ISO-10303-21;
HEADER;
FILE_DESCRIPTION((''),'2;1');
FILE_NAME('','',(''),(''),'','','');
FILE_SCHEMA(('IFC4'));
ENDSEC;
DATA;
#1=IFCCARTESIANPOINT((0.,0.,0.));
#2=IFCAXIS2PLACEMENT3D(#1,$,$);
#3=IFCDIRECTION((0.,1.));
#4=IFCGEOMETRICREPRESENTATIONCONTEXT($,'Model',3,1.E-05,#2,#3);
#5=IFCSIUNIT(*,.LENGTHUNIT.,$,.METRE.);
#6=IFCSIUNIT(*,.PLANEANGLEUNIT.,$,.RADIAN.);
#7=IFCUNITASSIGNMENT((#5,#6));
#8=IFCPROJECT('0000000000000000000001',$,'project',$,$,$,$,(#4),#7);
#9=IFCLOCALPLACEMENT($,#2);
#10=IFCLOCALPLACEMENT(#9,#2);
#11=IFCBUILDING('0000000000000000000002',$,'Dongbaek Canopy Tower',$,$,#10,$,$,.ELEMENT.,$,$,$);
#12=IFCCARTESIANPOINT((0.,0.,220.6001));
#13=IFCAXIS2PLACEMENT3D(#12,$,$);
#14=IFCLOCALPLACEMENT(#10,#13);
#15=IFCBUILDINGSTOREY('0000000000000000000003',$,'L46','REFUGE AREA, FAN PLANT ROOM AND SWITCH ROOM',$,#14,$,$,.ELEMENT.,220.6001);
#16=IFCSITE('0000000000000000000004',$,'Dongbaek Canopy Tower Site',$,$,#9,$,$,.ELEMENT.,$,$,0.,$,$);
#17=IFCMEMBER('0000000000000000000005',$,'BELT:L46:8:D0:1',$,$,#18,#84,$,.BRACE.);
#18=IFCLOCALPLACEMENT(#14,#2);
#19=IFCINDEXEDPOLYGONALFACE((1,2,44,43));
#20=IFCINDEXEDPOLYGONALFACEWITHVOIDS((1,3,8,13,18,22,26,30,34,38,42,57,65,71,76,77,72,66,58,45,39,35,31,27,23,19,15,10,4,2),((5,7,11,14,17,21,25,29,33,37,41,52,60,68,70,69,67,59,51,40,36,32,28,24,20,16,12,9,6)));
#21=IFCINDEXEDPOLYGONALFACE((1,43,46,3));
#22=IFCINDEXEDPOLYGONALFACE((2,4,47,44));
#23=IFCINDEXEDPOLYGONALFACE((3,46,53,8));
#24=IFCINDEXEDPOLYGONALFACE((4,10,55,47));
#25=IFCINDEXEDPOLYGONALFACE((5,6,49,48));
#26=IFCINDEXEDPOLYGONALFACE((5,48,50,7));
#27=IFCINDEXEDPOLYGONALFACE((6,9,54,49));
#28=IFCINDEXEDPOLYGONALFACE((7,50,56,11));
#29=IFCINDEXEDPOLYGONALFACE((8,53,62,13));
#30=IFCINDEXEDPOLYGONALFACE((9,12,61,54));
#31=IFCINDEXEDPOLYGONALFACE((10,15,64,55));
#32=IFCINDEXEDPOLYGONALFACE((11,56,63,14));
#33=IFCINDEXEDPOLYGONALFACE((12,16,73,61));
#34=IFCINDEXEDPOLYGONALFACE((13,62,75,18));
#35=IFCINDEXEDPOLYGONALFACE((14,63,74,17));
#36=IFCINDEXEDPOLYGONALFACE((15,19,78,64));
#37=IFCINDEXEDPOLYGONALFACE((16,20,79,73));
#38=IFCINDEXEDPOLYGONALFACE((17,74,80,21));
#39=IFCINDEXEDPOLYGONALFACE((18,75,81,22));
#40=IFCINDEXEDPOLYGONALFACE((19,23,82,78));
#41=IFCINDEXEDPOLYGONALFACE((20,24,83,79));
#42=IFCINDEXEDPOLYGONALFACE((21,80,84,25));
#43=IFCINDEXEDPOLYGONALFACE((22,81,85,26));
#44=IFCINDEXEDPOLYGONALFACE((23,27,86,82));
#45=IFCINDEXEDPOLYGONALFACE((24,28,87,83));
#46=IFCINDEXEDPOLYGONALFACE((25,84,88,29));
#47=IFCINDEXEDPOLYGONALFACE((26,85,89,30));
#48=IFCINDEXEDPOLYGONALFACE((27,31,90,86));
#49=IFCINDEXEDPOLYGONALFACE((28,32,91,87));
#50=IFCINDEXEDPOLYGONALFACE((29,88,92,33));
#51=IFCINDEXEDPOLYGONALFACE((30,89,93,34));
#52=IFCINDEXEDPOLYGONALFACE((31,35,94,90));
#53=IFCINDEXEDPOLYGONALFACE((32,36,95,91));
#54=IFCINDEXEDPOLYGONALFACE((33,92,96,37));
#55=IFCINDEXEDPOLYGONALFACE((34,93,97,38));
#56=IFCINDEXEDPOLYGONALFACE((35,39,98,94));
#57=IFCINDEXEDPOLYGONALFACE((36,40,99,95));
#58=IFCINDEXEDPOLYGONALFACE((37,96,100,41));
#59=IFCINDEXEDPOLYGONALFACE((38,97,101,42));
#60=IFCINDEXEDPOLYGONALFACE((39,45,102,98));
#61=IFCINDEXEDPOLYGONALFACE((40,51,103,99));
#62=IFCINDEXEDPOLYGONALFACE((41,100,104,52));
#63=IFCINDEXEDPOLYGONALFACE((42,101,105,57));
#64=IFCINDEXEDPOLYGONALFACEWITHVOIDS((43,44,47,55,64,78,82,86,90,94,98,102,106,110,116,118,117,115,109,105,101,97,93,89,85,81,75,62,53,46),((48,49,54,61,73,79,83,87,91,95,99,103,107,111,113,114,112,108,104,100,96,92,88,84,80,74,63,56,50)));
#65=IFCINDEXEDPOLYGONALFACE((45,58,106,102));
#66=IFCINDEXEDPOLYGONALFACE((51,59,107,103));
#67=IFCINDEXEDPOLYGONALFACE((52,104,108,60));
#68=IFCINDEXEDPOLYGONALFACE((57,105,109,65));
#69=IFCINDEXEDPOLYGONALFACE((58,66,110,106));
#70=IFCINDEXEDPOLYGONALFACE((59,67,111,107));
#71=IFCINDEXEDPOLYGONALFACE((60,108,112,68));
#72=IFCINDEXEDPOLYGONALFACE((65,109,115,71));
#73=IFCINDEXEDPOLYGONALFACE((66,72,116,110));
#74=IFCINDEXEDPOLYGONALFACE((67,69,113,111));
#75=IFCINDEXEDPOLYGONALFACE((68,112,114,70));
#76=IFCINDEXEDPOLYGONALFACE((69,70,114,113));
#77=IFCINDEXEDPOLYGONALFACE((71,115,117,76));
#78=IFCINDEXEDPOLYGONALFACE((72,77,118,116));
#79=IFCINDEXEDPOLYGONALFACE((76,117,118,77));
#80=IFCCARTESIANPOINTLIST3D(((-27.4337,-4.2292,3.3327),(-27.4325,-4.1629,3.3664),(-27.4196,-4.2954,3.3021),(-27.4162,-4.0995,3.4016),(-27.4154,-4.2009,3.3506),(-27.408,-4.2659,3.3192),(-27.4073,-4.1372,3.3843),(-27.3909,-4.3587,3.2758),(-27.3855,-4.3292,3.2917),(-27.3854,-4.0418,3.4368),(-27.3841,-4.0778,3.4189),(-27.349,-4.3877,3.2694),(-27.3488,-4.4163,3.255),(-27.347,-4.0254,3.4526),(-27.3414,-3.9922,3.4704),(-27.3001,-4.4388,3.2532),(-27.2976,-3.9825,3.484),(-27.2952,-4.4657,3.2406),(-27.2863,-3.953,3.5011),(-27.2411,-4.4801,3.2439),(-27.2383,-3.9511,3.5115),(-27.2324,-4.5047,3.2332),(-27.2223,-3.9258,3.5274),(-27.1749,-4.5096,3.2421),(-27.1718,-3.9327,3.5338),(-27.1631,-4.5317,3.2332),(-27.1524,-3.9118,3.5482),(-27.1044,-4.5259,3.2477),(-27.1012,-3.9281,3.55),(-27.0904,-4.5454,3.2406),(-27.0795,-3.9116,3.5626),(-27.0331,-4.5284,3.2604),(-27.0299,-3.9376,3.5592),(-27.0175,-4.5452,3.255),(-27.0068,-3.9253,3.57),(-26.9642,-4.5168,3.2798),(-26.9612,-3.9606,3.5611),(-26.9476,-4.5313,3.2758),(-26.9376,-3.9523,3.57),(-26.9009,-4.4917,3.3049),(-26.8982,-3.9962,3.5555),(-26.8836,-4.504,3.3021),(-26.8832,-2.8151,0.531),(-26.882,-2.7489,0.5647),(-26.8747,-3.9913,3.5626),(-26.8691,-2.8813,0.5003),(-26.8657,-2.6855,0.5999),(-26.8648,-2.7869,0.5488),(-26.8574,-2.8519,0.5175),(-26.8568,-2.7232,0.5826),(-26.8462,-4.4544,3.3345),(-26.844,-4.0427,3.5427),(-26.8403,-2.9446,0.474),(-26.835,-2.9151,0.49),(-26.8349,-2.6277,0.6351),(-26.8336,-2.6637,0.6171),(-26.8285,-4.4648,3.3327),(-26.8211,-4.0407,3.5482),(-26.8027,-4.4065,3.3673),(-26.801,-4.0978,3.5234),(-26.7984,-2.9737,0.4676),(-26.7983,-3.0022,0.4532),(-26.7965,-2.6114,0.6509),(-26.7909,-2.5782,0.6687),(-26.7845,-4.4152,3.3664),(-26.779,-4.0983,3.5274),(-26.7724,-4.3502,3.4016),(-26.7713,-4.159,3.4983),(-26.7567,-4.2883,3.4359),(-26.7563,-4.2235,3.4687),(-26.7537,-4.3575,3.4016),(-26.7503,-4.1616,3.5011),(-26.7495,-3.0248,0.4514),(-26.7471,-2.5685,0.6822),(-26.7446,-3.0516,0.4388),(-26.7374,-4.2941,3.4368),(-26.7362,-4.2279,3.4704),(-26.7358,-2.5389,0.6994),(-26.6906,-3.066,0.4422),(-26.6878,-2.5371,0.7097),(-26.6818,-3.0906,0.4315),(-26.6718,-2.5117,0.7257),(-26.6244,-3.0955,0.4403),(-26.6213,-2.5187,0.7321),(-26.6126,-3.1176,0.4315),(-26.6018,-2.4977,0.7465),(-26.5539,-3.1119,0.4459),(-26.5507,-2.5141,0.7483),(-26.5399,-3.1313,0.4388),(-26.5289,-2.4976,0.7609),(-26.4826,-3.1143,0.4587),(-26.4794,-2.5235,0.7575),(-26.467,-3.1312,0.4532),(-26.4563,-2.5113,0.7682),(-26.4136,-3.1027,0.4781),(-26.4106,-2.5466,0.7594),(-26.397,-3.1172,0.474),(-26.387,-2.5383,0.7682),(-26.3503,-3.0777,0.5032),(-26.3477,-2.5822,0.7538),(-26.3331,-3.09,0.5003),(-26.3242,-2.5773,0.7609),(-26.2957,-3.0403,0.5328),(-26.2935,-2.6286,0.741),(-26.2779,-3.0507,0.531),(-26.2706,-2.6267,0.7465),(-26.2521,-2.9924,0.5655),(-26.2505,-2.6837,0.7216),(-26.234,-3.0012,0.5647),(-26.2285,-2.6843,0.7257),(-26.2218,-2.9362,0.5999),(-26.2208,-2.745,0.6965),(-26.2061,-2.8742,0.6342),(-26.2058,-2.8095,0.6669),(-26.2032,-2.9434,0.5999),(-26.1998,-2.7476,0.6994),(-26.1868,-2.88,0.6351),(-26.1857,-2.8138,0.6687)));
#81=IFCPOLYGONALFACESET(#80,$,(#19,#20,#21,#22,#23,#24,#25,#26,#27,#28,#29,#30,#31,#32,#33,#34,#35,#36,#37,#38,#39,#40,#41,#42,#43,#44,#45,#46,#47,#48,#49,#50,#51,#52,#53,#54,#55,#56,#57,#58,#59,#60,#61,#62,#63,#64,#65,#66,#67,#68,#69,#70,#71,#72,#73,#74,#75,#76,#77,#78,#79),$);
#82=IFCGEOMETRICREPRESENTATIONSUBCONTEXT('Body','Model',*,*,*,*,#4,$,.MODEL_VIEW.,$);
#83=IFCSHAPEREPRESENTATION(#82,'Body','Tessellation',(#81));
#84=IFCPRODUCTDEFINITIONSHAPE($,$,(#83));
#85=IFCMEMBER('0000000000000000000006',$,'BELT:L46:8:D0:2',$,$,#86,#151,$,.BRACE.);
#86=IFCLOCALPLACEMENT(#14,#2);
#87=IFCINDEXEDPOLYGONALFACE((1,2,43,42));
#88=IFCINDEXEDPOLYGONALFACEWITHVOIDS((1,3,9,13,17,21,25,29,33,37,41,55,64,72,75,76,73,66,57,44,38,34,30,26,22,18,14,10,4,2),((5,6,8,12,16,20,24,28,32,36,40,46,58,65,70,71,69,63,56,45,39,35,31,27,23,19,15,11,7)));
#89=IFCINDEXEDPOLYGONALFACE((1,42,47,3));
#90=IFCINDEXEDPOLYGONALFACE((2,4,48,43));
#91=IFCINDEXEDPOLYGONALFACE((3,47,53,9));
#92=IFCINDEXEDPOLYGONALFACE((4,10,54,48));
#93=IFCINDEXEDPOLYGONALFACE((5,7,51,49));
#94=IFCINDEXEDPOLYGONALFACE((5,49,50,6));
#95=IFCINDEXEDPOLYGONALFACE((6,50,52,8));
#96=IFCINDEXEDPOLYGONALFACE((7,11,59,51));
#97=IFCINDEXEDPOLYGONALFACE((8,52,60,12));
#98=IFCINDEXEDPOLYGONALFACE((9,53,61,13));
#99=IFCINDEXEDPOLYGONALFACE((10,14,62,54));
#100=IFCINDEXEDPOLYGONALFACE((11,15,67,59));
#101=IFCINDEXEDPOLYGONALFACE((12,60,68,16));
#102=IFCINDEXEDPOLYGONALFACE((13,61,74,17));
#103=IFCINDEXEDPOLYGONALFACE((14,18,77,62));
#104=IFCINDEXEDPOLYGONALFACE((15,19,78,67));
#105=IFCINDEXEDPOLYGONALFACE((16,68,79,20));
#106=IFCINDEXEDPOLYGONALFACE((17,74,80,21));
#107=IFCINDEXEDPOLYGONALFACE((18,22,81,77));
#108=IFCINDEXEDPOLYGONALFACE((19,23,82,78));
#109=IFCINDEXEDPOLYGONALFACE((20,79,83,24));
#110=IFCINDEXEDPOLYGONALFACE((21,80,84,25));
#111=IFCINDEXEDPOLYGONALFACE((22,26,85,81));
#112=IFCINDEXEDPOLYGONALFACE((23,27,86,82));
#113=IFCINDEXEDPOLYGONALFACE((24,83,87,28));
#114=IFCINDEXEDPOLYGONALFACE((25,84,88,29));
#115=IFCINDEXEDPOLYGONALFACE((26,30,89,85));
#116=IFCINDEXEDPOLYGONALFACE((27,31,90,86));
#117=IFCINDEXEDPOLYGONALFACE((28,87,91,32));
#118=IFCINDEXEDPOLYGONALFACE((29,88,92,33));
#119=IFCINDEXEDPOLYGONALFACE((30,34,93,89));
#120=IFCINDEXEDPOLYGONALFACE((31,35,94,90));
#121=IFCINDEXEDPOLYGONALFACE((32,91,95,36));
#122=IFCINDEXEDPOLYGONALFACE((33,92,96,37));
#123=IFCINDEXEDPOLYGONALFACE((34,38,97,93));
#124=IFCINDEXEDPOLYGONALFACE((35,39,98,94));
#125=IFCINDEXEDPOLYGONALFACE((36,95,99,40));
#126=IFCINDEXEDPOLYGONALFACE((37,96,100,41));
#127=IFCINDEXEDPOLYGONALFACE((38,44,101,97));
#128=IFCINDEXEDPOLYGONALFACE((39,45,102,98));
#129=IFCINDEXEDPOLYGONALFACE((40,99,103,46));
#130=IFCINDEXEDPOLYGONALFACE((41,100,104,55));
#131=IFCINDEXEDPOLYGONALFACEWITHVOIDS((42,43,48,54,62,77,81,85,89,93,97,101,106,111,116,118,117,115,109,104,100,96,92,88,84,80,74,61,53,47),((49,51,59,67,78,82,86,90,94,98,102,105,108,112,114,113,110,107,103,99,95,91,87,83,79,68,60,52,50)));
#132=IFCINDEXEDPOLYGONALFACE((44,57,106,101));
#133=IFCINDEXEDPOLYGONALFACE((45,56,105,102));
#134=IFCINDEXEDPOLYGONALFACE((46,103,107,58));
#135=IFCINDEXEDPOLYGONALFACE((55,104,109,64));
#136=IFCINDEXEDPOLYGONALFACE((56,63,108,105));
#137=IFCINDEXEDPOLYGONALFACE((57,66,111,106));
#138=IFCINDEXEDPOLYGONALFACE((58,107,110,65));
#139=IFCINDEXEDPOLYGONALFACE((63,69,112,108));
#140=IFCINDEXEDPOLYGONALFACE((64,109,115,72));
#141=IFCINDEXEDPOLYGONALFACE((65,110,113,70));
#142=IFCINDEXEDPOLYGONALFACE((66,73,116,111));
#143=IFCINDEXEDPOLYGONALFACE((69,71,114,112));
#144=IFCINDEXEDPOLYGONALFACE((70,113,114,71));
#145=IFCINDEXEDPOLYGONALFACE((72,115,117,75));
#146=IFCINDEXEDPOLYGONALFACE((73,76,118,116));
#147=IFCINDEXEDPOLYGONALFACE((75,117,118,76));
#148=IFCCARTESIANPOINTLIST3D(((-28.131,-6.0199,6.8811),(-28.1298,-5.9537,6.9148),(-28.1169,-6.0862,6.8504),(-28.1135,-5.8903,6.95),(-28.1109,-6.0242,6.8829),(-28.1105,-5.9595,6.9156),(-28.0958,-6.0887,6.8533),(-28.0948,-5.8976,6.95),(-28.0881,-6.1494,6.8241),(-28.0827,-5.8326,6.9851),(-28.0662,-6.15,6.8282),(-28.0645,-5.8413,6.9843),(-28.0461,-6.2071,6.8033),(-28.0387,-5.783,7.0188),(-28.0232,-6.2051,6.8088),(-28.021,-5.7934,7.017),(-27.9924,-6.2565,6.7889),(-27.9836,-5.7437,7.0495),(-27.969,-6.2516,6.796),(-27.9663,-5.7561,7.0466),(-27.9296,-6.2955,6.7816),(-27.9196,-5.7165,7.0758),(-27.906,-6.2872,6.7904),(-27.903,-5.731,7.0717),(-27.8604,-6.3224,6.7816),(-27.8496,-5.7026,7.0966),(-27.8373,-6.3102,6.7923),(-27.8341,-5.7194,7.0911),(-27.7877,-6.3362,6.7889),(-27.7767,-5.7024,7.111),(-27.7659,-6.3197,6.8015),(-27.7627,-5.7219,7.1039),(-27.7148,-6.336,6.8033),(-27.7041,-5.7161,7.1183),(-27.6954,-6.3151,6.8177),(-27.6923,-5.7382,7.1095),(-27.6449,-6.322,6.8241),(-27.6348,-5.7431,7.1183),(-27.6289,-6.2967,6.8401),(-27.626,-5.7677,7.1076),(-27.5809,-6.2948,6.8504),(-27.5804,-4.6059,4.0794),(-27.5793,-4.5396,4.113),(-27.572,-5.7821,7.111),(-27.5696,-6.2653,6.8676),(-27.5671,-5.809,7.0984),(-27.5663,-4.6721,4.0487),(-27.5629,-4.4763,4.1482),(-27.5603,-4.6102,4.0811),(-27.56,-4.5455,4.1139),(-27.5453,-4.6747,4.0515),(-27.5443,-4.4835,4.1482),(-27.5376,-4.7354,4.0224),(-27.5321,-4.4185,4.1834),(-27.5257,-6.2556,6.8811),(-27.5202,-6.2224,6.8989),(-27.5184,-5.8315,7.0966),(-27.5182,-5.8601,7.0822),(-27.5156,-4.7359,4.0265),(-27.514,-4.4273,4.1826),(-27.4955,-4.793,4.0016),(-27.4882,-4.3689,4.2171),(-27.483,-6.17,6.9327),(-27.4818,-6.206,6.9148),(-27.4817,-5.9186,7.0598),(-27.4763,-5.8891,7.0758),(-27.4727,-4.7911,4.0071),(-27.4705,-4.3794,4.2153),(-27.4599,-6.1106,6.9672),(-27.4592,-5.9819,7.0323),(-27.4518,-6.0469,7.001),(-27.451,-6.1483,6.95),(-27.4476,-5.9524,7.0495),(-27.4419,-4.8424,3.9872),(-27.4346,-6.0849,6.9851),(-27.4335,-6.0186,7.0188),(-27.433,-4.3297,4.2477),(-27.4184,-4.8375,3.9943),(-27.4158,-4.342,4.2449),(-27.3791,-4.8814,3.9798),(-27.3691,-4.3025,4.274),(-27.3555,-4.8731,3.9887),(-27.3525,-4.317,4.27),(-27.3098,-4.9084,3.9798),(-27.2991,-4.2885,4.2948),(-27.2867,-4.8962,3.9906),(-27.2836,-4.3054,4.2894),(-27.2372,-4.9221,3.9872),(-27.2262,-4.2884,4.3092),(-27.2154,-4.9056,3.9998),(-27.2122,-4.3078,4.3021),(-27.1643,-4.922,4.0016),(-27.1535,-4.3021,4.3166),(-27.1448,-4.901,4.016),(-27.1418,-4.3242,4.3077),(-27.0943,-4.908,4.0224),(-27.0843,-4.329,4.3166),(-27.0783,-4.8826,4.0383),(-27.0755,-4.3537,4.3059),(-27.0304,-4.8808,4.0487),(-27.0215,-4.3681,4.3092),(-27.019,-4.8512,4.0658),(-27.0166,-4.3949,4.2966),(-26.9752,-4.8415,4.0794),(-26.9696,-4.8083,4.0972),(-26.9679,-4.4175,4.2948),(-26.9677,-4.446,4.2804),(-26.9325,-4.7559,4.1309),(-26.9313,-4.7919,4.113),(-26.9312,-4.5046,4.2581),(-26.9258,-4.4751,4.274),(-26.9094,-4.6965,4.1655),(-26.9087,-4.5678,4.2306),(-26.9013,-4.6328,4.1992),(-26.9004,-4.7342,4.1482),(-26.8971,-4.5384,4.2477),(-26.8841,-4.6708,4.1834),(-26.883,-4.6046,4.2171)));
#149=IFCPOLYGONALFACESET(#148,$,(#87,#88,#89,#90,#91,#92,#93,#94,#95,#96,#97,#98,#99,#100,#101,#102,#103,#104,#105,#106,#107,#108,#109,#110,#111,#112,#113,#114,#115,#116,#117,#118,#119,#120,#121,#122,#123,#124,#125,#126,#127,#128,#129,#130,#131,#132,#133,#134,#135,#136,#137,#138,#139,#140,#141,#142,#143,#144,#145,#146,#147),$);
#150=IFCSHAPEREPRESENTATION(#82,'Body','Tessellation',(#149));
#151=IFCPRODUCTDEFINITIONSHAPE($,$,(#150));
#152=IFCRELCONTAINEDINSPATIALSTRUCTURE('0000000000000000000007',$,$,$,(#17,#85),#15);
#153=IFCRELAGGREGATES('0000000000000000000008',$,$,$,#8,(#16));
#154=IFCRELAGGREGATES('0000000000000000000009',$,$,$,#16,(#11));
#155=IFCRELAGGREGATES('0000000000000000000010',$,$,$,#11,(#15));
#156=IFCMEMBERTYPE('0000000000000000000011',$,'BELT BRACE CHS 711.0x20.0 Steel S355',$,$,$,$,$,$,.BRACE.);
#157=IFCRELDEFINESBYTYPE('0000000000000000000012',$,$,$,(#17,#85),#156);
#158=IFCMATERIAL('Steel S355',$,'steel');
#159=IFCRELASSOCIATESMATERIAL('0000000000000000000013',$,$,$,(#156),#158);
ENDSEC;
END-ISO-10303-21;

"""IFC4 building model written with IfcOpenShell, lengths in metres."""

from ifc_helpers import new_model, si_unit, direction, frame, origin, origin_2d, place, context, subcontext, project, spatial, hollow_circle, extrude, material, material_profile, profile_set, type_object, element, save


model = new_model("IFC4")

# Units and contexts
model_context = context("Model", 3, precision=1e-05, world=origin(), true_north=direction((0.0, 1.0)))
body_context = subcontext(model_context, "Body", "Model", "MODEL_VIEW")
ifc_project = project(units=[si_unit("LENGTHUNIT", "METRE"), si_unit("PLANEANGLEUNIT", "RADIAN")], contexts=[model_context])

# Site, building, storey
site_placement = place(None, origin())
site = spatial("IfcSite", under=ifc_project, at=site_placement, Name="Dongbaek Canopy Tower Site", CompositionType="ELEMENT", RefElevation=0.0)
building_placement = place(site_placement, origin())
building = spatial("IfcBuilding", under=site, at=building_placement, Name="Dongbaek Canopy Tower", CompositionType="ELEMENT")
storey_placement = place(building_placement, frame((0.0, 0.0, 220.6001)))
storey = spatial("IfcBuildingStorey", under=building, at=storey_placement, Name="L46", Description="REFUGE AREA, FAN PLANT ROOM AND SWITCH ROOM", CompositionType="ELEMENT", Elevation=220.6001)

# Members
ifc_material_1 = material(Name="Steel S355", Category="steel")
ifc_material_profile_1 = material_profile(ifc_material_1, hollow_circle(Radius=0.3555, WallThickness=0.02, at=origin_2d()), Name="BELT BRACE CHS 711.0x20.0 Steel S355")
ifc_profile_set_1 = profile_set([ifc_material_profile_1], Name="Steel S355")
member_type_1 = type_object("IfcMemberType", Name="BELT BRACE CHS 711.0x20.0 Steel S355", PredefinedType="BRACE", material=ifc_profile_set_1)
for number, where, z_axis, x_axis, name in (
    (1, (-26.5344, -2.8145, 0.5999), (-0.172783, -0.443794, 0.879314), (0.931866, -0.362803, 0.0), "BELT:L46:8:D0:1"),
    (2, (-27.7822, -6.0193, 6.95), (0.172783, 0.443794, -0.879314), (-0.931866, 0.362803, 0.0), "BELT:L46:8:D0:2"),
):
    element("IfcMember", number, at=place(storey_placement, frame(where, z_axis=z_axis, x_axis=x_axis)), inside=storey, type_object=member_type_1, Name=name, PredefinedType="BRACE", context=body_context, shape_type="SweptSolid", body=[
        extrude(hollow_circle(Radius=0.3555, WallThickness=0.02, at=origin_2d()), origin(), (0.0, 0.0, 1.0), 3.1863),
    ])

save(model, "model.ifc")
